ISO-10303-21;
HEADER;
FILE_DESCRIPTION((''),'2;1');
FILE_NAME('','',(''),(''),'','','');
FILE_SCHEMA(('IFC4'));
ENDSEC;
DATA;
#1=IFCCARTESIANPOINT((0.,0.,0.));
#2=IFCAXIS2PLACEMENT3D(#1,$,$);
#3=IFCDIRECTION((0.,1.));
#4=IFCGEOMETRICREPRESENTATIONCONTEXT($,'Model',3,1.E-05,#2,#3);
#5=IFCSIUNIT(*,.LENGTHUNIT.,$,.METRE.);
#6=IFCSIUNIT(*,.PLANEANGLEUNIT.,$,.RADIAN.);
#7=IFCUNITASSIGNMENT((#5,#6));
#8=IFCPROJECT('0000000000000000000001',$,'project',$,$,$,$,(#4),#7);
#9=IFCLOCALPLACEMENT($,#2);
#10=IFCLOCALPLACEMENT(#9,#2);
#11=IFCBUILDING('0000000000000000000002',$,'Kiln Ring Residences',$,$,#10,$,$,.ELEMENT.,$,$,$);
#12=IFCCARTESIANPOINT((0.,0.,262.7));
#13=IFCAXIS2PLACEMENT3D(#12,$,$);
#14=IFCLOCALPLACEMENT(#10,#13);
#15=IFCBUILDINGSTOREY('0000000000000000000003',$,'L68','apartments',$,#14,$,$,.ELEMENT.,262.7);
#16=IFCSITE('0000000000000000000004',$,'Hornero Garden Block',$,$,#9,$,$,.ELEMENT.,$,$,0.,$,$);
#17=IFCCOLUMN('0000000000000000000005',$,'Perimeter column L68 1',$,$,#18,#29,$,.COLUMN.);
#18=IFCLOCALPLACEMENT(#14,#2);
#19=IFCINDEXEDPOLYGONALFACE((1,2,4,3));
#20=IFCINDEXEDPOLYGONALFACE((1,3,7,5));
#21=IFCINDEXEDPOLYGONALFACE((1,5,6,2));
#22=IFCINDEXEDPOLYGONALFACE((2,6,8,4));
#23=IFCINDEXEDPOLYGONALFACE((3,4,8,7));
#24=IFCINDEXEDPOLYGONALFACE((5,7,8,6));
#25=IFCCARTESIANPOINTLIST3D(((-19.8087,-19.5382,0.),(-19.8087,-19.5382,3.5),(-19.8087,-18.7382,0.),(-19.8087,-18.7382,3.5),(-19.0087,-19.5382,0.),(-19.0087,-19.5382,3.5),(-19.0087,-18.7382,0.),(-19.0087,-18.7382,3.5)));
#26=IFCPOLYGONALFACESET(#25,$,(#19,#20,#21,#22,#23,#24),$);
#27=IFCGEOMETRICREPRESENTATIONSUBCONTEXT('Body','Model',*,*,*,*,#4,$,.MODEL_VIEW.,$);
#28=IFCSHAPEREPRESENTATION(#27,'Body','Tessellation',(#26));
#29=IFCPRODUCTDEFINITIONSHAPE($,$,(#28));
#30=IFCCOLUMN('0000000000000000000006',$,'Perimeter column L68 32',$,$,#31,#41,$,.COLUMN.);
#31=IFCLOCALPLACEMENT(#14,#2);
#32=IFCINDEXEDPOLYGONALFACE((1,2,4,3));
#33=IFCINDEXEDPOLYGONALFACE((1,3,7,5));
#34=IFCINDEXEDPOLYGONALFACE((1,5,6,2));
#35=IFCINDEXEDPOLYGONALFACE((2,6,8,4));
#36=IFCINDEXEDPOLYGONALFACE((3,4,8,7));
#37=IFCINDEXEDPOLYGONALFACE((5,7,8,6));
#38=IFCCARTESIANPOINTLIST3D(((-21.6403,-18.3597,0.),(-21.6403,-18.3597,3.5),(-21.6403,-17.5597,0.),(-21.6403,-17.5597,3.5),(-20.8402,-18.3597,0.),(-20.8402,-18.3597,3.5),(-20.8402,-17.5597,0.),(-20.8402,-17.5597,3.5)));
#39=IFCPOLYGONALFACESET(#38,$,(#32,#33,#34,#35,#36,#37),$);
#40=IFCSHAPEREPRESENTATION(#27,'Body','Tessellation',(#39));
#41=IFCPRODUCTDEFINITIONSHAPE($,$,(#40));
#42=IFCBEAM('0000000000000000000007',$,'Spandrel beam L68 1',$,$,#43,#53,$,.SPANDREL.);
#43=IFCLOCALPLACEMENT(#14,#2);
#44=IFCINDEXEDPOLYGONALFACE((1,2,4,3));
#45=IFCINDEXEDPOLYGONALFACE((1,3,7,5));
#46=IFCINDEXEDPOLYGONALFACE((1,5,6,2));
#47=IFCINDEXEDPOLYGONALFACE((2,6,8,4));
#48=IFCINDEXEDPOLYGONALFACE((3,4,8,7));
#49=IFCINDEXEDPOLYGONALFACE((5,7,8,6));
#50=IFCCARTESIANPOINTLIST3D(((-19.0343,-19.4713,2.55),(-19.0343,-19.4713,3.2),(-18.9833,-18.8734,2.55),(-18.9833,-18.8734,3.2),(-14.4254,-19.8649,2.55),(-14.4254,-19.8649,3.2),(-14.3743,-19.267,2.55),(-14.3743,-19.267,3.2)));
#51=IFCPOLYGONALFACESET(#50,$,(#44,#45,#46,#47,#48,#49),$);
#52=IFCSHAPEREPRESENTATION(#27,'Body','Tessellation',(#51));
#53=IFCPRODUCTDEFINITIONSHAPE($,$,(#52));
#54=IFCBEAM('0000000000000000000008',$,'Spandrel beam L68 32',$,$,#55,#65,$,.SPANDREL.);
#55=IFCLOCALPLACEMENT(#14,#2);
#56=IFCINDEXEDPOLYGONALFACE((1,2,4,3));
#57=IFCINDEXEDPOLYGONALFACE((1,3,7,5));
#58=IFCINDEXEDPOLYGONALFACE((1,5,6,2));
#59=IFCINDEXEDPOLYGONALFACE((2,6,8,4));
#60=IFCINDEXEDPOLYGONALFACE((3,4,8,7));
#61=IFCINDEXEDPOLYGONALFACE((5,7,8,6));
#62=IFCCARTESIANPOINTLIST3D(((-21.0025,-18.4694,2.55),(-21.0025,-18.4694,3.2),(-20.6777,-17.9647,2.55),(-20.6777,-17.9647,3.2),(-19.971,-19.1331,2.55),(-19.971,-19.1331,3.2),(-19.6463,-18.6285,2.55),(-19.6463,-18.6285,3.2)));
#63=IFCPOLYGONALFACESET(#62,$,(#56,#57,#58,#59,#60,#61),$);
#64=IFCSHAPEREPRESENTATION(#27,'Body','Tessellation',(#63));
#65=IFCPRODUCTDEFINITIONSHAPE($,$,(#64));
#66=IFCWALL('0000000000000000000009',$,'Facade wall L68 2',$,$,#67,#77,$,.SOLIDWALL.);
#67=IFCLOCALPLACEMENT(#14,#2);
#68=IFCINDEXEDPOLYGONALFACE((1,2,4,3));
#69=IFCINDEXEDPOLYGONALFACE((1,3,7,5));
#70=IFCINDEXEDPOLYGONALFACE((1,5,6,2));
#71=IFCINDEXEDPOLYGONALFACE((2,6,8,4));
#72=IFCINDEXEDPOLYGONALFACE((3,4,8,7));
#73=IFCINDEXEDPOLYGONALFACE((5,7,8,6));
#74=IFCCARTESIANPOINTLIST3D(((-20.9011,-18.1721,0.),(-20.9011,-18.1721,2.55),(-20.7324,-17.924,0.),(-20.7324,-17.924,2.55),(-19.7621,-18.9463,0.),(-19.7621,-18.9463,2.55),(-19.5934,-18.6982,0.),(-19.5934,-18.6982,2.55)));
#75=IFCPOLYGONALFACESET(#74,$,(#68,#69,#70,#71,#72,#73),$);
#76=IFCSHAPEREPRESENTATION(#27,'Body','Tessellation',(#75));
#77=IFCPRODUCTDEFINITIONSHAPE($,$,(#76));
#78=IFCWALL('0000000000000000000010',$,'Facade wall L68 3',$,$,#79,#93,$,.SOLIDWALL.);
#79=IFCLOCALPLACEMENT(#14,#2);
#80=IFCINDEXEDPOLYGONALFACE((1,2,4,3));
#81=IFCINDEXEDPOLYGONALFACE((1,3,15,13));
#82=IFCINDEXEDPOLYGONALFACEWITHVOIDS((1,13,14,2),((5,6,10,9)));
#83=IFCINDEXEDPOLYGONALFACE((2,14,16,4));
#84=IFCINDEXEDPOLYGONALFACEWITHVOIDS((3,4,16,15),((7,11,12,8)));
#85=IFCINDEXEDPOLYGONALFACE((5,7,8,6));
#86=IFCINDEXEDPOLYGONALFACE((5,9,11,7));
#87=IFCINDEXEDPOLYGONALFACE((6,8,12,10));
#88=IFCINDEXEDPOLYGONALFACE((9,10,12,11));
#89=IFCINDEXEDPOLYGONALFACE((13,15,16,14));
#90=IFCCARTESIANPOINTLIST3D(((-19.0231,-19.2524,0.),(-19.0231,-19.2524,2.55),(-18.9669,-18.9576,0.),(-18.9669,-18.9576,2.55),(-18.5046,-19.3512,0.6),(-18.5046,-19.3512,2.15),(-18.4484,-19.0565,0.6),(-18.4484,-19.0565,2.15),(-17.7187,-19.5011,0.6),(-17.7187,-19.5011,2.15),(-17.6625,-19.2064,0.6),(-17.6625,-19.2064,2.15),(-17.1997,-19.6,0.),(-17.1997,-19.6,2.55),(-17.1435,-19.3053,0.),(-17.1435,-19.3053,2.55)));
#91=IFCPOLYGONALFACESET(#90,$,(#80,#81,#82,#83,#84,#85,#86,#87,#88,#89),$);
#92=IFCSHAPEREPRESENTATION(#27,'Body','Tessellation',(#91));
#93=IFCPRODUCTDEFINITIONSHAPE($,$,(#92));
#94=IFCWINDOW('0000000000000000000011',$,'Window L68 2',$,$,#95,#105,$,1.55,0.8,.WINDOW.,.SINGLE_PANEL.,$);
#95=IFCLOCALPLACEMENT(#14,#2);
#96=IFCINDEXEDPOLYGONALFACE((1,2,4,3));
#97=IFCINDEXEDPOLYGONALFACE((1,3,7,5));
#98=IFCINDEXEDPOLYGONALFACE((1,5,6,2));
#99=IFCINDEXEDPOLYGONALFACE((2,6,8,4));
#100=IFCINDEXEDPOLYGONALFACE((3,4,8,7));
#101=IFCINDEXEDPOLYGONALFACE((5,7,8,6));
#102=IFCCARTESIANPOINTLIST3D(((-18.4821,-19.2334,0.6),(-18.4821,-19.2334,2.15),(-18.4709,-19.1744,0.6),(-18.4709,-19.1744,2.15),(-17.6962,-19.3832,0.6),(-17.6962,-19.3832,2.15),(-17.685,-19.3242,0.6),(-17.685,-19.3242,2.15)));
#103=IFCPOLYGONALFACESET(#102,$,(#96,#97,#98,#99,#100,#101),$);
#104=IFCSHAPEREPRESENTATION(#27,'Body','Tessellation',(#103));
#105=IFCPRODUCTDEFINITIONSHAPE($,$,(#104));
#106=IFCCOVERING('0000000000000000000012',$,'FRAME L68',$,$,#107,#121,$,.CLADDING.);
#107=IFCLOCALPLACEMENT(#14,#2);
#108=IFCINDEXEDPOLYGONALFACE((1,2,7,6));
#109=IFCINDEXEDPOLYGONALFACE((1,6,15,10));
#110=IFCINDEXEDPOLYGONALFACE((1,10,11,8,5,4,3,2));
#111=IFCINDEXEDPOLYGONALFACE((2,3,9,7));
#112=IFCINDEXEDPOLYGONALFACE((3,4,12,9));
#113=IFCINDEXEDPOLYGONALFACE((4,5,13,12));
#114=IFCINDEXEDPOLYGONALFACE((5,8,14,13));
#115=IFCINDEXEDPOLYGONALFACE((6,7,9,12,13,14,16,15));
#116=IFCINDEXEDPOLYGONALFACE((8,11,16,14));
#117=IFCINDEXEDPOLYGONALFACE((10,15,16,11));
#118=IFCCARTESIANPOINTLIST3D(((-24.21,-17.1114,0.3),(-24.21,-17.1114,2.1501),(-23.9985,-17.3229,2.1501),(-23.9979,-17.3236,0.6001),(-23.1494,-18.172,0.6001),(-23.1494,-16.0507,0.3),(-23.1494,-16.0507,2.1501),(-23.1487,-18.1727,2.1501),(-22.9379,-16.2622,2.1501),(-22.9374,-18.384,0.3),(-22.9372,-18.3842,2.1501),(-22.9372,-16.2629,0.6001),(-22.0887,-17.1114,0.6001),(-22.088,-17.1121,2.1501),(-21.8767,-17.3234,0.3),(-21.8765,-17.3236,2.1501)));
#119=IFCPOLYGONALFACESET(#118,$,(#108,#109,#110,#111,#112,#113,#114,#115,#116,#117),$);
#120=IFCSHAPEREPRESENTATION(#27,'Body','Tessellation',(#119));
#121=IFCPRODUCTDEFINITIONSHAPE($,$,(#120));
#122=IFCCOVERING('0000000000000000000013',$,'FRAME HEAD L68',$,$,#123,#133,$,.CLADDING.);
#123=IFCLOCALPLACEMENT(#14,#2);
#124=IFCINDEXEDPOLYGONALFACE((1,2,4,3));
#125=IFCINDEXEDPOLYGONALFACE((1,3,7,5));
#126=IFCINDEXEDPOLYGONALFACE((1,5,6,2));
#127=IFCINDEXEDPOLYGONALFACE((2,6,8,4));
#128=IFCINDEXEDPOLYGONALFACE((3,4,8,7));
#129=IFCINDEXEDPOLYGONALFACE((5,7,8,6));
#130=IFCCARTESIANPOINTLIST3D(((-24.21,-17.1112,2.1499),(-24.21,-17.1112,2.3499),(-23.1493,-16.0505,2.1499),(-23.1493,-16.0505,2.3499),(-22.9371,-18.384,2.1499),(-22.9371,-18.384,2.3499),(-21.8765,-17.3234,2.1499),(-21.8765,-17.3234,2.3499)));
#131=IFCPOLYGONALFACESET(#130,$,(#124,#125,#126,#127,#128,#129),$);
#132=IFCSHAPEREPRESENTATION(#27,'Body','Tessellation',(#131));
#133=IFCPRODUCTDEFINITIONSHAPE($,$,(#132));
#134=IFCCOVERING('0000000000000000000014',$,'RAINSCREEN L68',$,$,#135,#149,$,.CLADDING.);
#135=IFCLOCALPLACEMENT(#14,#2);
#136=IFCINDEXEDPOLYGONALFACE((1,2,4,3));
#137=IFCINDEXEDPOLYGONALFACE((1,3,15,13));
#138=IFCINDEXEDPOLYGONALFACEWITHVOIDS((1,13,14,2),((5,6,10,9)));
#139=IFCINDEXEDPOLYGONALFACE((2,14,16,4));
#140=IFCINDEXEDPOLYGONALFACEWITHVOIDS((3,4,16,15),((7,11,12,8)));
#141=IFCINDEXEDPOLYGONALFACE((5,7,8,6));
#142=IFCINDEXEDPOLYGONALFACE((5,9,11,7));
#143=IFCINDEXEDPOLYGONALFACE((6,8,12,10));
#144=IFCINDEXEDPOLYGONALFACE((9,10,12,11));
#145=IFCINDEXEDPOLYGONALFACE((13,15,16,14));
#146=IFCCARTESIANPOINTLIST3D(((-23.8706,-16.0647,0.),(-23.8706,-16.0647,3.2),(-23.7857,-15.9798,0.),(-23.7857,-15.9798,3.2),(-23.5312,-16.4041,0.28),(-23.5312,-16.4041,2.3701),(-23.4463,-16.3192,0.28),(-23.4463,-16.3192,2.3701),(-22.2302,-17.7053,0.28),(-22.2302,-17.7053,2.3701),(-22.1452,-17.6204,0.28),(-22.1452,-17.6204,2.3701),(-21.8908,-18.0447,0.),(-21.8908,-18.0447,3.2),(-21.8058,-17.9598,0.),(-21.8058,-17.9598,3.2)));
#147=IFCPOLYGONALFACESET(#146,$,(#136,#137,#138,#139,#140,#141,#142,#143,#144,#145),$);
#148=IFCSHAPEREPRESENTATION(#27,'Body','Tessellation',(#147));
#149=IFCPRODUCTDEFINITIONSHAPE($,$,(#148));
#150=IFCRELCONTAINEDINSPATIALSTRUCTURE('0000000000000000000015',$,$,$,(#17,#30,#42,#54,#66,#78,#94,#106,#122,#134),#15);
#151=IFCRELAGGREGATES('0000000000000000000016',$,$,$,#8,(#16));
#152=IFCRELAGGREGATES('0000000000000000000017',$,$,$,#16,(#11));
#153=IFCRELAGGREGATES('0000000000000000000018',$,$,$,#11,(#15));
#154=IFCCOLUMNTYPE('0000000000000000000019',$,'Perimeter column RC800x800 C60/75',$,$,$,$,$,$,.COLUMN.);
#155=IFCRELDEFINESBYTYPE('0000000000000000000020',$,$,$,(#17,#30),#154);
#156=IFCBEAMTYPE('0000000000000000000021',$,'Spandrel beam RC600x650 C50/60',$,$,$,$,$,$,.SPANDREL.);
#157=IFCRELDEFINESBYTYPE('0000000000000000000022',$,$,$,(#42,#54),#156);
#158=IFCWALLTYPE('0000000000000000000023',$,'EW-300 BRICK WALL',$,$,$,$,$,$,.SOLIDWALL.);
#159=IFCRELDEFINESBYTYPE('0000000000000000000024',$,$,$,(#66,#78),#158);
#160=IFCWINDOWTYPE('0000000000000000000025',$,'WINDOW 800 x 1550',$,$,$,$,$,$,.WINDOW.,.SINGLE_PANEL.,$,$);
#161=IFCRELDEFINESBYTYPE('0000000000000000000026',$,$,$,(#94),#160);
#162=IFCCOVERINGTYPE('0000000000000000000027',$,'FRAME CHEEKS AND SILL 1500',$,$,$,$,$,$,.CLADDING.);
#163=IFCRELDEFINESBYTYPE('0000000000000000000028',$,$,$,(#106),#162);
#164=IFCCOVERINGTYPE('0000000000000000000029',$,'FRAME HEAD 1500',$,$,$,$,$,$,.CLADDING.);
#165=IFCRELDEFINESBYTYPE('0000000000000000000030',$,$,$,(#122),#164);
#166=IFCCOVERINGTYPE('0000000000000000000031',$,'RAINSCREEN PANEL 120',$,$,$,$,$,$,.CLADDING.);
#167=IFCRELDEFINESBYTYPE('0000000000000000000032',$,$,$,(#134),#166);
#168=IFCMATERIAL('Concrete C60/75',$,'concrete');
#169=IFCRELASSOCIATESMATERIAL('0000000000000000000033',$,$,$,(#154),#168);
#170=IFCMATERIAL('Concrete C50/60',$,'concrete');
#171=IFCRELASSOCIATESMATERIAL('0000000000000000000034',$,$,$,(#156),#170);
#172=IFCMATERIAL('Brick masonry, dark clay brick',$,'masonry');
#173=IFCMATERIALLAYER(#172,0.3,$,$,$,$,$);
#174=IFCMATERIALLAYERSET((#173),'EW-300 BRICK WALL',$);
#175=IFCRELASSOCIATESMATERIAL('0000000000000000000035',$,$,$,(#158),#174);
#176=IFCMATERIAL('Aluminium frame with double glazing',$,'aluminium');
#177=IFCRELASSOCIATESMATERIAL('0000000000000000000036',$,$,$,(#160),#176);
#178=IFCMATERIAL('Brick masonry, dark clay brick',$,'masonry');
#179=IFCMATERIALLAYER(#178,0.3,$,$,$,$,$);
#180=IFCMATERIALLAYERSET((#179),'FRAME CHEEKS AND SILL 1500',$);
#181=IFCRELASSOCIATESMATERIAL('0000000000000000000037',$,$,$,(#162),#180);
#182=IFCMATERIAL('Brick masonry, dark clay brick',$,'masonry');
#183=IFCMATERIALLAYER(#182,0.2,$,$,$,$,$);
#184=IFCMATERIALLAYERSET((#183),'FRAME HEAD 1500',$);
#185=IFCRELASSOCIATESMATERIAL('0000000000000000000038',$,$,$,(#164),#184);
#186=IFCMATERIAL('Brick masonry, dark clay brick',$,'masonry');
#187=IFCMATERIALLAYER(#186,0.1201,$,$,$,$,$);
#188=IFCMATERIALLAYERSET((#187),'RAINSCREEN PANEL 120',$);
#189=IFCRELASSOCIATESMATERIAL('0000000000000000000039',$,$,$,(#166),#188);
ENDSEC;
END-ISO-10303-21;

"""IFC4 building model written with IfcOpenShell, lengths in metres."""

from ifc_helpers import new_model, si_unit, direction, frame, frame_2d, origin, origin_2d, place, context, subcontext, project, spatial, polyline, rectangle, outline, extrude, material, layer, layer_set, material_profile, profile_set, type_object, element, fill, save


model = new_model("IFC4")

# Units and contexts
model_context = context("Model", 3, precision=1e-05, world=origin(), true_north=direction((0.0, 1.0)))
body_context = subcontext(model_context, "Body", "Model", "MODEL_VIEW")
ifc_project = project(units=[si_unit("LENGTHUNIT", "METRE"), si_unit("PLANEANGLEUNIT", "RADIAN")], contexts=[model_context])

# Site, building, storey
site_placement = place(None, origin())
site = spatial("IfcSite", under=ifc_project, at=site_placement, Name="Hornero Garden Block", CompositionType="ELEMENT", RefElevation=0.0)
building_placement = place(site_placement, origin())
building = spatial("IfcBuilding", under=site, at=building_placement, Name="Kiln Ring Residences", CompositionType="ELEMENT")
storey_placement = place(building_placement, frame((0.0, 0.0, 262.7)))
storey = spatial("IfcBuildingStorey", under=building, at=storey_placement, Name="L68", Description="apartments", CompositionType="ELEMENT", Elevation=262.7)

# Columns
ifc_material_1 = material(Name="Concrete C60/75", Category="concrete")
ifc_material_profile_1 = material_profile(ifc_material_1, rectangle(XDim=0.8, YDim=0.8, at=origin_2d()), Name="RC800x800")
ifc_profile_set_1 = profile_set([ifc_material_profile_1], Name="Concrete C60/75")
column_type = type_object("IfcColumnType", Name="Perimeter column RC800x800 C60/75", PredefinedType="COLUMN", material=ifc_profile_set_1)
for number, where, z_axis, x_axis, name in (
    (1, (-19.4087, -19.1382, 0.0), (0.0, 0.0, 1.0), (1.0, 0.0, 0.0), "Perimeter column L68 1"),
    (2, (-21.2402, -17.9597, 0.0), (0.0, 0.0, 1.0), (1.0, 0.0, 0.0), "Perimeter column L68 32"),
):
    element("IfcColumn", number, at=place(storey_placement, frame(where, z_axis=z_axis, x_axis=x_axis)), inside=storey, type_object=column_type, Name=name, PredefinedType="COLUMN", context=body_context, shape_type="SweptSolid", body=[
        extrude(rectangle(XDim=0.8, YDim=0.8, at=origin_2d()), origin(), (0.0, 0.0, 1.0), 3.5),
    ])

# Beams
ifc_material_2 = material(Name="Concrete C50/60", Category="concrete")
ifc_material_profile_2 = material_profile(ifc_material_2, rectangle(XDim=0.6001, YDim=0.6499, at=origin_2d()), Name="RC600x650")
ifc_profile_set_2 = profile_set([ifc_material_profile_2], Name="Concrete C50/60")
beam_type = type_object("IfcBeamType", Name="Spandrel beam RC600x650 C50/60", PredefinedType="SPANDREL", material=ifc_profile_set_2)
beam_1_placement = place(storey_placement, frame((-19.0088, -19.1724, 2.875), z_axis=(0.996374, -0.085081, 0.0), x_axis=(0.085081, 0.996374, 0.0)))
element("IfcBeam", 3, at=beam_1_placement, inside=storey, type_object=beam_type, Name="Spandrel beam L68 1", PredefinedType="SPANDREL", context=body_context, shape_type="SweptSolid", body=[
    extrude(rectangle(XDim=0.6001, YDim=0.6499, at=origin_2d()), origin(), (0.0, 0.0, 1.0), 4.6257),
])
beam_2_placement = place(storey_placement, frame((-20.8401, -18.217, 2.875), z_axis=(0.840913, -0.54117, 0.0), x_axis=(0.54117, 0.840913, 0.0)))
element("IfcBeam", 4, at=beam_2_placement, inside=storey, type_object=beam_type, Name="Spandrel beam L68 32", PredefinedType="SPANDREL", context=body_context, shape_type="SweptSolid", body=[
    extrude(rectangle(XDim=0.6001, YDim=0.6499, at=origin_2d()), origin(), (0.0, 0.0, 1.0), 1.2266),
])

# Wall
ifc_material_3 = material(Name="Brick masonry, dark clay brick", Category="masonry")
ifc_layer_1 = layer(ifc_material_3, 0.3)
ifc_layer_set_1 = layer_set([ifc_layer_1], Name="EW-300 BRICK WALL")
wall_type = type_object("IfcWallType", Name="EW-300 BRICK WALL", PredefinedType="SOLIDWALL", material=ifc_layer_set_1)
wall_1_placement = place(storey_placement, frame((-20.8167, -18.0481, 0.0), z_axis=(0.0, 0.0, 1.0), x_axis=(0.827025, -0.562165, 0.0)))
element("IfcWall", 5, at=wall_1_placement, inside=storey, type_object=wall_type, Name="Facade wall L68 2", PredefinedType="SOLIDWALL", context=body_context, shape_type="SweptSolid", body=[
    extrude(rectangle(XDim=1.3772, YDim=0.3, at=frame_2d((0.6885, 0.0))), origin(), (0.0, 0.0, 1.0), 2.55),
])

# Wall, opening, window
wall_2_placement = place(storey_placement, frame((-18.9951, -19.105, 0.0), z_axis=(0.0, 0.0, 1.0), x_axis=(0.982302, -0.187306, 0.0)))
wall_2 = element("IfcWall", 6, at=wall_2_placement, inside=storey, type_object=wall_type, Name="Facade wall L68 3", PredefinedType="SOLIDWALL", context=body_context, shape_type="SweptSolid", body=[
    extrude(rectangle(XDim=1.8562, YDim=0.3, at=frame_2d((0.9282, 0.0))), origin(), (0.0, 0.0, 1.0), 2.55),
])
opening_placement = place(wall_2_placement, frame((0.5281, 0.0, 0.6001)))
opening = element("IfcOpeningElement", 7, at=opening_placement, cuts=wall_2, PredefinedType="OPENING", context=body_context, shape_type="SweptSolid", body=[
    extrude(rectangle(XDim=0.8, YDim=1.55, at=frame_2d((0.3999, 0.7749))), frame((0.0, 0.1599, 0.0), z_axis=(0.0, -1.0, 0.0), x_axis=(1.0, 0.0, 0.0)), (0.0, 0.0, 1.0), 0.3201),
])
ifc_material_4 = material(Name="Aluminium frame with double glazing", Category="aluminium")
window_type = type_object("IfcWindowType", Name="WINDOW 800 x 1550", PartitioningType="SINGLE_PANEL", PredefinedType="WINDOW", material=ifc_material_4)
window_placement = place(opening_placement, origin())
window = element("IfcWindow", 8, at=window_placement, inside=storey, type_object=window_type, Name="Window L68 2", OverallHeight=1.55, OverallWidth=0.8, PartitioningType="SINGLE_PANEL", PredefinedType="WINDOW", context=body_context, shape_type="SweptSolid", body=[
    extrude(rectangle(XDim=0.8, YDim=1.55, at=frame_2d((0.3999, 0.7749))), frame((0.0, 0.03, 0.0), z_axis=(0.0, -1.0, 0.0), x_axis=(1.0, 0.0, 0.0)), (0.0, 0.0, 1.0), 0.0601),
])
fill(opening, window)

# Coverings
ifc_material_5 = material(Name="Brick masonry, dark clay brick", Category="masonry")
ifc_layer_2 = layer(ifc_material_5, 0.3)
ifc_layer_set_2 = layer_set([ifc_layer_2], Name="FRAME CHEEKS AND SILL 1500")
covering_type_1 = type_object("IfcCoveringType", Name="FRAME CHEEKS AND SILL 1500", PredefinedType="CLADDING", material=ifc_layer_set_2)
covering_1_placement = place(storey_placement, frame((-23.6797, -16.5811, 0.3), z_axis=(0.0, 0.0, 1.0), x_axis=(0.707107, -0.707107, 0.0)))
element("IfcCovering", 9, at=covering_1_placement, inside=storey, type_object=covering_type_1, Name="FRAME L68", PredefinedType="CLADDING", context=body_context, shape_type="SweptSolid", body=[
    extrude(outline(polyline([(0.0, 0.0), (1.7998, 0.0), (1.8, 1.8501), (1.501, 1.8501), (1.5, 0.3), (0.3, 0.3), (0.2991, 1.8501), (0.0, 1.8501), (0.0, 0.0)])), frame((0.0, 0.75, 0.0), z_axis=(0.0, -1.0, 0.0), x_axis=(1.0, 0.0, 0.0)), (0.0, 0.0, 1.0), 1.5),
])
ifc_material_6 = material(Name="Brick masonry, dark clay brick", Category="masonry")
ifc_layer_3 = layer(ifc_material_6, 0.2)
ifc_layer_set_3 = layer_set([ifc_layer_3], Name="FRAME HEAD 1500")
covering_type_2 = type_object("IfcCoveringType", Name="FRAME HEAD 1500", PredefinedType="CLADDING", material=ifc_layer_set_3)
covering_2_placement = place(storey_placement, frame((-23.0432, -17.2173, 2.1499), z_axis=(0.0, 0.0, 1.0), x_axis=(0.707107, -0.707107, 0.0)))
element("IfcCovering", 10, at=covering_2_placement, inside=storey, type_object=covering_type_2, Name="FRAME HEAD L68", PredefinedType="CLADDING", context=body_context, shape_type="SweptSolid", body=[
    extrude(rectangle(XDim=1.8, YDim=1.5, at=origin_2d()), origin(), (0.0, 0.0, 1.0), 0.2),
])
ifc_material_7 = material(Name="Brick masonry, dark clay brick", Category="masonry")
ifc_layer_4 = layer(ifc_material_7, 0.1201)
ifc_layer_set_4 = layer_set([ifc_layer_4], Name="RAINSCREEN PANEL 120")
covering_type_3 = type_object("IfcCoveringType", Name="RAINSCREEN PANEL 120", PredefinedType="CLADDING", material=ifc_layer_set_4)
covering_3_placement = place(storey_placement, frame((-23.8281, -16.0222, 0.0), z_axis=(0.0, 0.0, 1.0), x_axis=(0.707063, -0.70715, 0.0)))
element("IfcCovering", 11, at=covering_3_placement, inside=storey, type_object=covering_type_3, Name="RAINSCREEN L68", PredefinedType="CLADDING", context=body_context, shape_type="SweptSolid", body=[
    extrude(outline(polyline([(0.0, 0.0), (2.8, 0.0), (2.8, 3.2), (0.0, 3.2), (0.0, 0.0)]), holes=[polyline([(0.48, 2.3701), (0.48, 0.28), (2.3201, 0.28), (2.3201, 2.3701), (0.48, 2.3701)])]), frame((0.0, 0.0601, 0.0), z_axis=(0.0, -1.0, 0.0), x_axis=(1.0, 0.0, 0.0)), (0.0, 0.0, 1.0), 0.1201),
])

save(model, "model.ifc")
